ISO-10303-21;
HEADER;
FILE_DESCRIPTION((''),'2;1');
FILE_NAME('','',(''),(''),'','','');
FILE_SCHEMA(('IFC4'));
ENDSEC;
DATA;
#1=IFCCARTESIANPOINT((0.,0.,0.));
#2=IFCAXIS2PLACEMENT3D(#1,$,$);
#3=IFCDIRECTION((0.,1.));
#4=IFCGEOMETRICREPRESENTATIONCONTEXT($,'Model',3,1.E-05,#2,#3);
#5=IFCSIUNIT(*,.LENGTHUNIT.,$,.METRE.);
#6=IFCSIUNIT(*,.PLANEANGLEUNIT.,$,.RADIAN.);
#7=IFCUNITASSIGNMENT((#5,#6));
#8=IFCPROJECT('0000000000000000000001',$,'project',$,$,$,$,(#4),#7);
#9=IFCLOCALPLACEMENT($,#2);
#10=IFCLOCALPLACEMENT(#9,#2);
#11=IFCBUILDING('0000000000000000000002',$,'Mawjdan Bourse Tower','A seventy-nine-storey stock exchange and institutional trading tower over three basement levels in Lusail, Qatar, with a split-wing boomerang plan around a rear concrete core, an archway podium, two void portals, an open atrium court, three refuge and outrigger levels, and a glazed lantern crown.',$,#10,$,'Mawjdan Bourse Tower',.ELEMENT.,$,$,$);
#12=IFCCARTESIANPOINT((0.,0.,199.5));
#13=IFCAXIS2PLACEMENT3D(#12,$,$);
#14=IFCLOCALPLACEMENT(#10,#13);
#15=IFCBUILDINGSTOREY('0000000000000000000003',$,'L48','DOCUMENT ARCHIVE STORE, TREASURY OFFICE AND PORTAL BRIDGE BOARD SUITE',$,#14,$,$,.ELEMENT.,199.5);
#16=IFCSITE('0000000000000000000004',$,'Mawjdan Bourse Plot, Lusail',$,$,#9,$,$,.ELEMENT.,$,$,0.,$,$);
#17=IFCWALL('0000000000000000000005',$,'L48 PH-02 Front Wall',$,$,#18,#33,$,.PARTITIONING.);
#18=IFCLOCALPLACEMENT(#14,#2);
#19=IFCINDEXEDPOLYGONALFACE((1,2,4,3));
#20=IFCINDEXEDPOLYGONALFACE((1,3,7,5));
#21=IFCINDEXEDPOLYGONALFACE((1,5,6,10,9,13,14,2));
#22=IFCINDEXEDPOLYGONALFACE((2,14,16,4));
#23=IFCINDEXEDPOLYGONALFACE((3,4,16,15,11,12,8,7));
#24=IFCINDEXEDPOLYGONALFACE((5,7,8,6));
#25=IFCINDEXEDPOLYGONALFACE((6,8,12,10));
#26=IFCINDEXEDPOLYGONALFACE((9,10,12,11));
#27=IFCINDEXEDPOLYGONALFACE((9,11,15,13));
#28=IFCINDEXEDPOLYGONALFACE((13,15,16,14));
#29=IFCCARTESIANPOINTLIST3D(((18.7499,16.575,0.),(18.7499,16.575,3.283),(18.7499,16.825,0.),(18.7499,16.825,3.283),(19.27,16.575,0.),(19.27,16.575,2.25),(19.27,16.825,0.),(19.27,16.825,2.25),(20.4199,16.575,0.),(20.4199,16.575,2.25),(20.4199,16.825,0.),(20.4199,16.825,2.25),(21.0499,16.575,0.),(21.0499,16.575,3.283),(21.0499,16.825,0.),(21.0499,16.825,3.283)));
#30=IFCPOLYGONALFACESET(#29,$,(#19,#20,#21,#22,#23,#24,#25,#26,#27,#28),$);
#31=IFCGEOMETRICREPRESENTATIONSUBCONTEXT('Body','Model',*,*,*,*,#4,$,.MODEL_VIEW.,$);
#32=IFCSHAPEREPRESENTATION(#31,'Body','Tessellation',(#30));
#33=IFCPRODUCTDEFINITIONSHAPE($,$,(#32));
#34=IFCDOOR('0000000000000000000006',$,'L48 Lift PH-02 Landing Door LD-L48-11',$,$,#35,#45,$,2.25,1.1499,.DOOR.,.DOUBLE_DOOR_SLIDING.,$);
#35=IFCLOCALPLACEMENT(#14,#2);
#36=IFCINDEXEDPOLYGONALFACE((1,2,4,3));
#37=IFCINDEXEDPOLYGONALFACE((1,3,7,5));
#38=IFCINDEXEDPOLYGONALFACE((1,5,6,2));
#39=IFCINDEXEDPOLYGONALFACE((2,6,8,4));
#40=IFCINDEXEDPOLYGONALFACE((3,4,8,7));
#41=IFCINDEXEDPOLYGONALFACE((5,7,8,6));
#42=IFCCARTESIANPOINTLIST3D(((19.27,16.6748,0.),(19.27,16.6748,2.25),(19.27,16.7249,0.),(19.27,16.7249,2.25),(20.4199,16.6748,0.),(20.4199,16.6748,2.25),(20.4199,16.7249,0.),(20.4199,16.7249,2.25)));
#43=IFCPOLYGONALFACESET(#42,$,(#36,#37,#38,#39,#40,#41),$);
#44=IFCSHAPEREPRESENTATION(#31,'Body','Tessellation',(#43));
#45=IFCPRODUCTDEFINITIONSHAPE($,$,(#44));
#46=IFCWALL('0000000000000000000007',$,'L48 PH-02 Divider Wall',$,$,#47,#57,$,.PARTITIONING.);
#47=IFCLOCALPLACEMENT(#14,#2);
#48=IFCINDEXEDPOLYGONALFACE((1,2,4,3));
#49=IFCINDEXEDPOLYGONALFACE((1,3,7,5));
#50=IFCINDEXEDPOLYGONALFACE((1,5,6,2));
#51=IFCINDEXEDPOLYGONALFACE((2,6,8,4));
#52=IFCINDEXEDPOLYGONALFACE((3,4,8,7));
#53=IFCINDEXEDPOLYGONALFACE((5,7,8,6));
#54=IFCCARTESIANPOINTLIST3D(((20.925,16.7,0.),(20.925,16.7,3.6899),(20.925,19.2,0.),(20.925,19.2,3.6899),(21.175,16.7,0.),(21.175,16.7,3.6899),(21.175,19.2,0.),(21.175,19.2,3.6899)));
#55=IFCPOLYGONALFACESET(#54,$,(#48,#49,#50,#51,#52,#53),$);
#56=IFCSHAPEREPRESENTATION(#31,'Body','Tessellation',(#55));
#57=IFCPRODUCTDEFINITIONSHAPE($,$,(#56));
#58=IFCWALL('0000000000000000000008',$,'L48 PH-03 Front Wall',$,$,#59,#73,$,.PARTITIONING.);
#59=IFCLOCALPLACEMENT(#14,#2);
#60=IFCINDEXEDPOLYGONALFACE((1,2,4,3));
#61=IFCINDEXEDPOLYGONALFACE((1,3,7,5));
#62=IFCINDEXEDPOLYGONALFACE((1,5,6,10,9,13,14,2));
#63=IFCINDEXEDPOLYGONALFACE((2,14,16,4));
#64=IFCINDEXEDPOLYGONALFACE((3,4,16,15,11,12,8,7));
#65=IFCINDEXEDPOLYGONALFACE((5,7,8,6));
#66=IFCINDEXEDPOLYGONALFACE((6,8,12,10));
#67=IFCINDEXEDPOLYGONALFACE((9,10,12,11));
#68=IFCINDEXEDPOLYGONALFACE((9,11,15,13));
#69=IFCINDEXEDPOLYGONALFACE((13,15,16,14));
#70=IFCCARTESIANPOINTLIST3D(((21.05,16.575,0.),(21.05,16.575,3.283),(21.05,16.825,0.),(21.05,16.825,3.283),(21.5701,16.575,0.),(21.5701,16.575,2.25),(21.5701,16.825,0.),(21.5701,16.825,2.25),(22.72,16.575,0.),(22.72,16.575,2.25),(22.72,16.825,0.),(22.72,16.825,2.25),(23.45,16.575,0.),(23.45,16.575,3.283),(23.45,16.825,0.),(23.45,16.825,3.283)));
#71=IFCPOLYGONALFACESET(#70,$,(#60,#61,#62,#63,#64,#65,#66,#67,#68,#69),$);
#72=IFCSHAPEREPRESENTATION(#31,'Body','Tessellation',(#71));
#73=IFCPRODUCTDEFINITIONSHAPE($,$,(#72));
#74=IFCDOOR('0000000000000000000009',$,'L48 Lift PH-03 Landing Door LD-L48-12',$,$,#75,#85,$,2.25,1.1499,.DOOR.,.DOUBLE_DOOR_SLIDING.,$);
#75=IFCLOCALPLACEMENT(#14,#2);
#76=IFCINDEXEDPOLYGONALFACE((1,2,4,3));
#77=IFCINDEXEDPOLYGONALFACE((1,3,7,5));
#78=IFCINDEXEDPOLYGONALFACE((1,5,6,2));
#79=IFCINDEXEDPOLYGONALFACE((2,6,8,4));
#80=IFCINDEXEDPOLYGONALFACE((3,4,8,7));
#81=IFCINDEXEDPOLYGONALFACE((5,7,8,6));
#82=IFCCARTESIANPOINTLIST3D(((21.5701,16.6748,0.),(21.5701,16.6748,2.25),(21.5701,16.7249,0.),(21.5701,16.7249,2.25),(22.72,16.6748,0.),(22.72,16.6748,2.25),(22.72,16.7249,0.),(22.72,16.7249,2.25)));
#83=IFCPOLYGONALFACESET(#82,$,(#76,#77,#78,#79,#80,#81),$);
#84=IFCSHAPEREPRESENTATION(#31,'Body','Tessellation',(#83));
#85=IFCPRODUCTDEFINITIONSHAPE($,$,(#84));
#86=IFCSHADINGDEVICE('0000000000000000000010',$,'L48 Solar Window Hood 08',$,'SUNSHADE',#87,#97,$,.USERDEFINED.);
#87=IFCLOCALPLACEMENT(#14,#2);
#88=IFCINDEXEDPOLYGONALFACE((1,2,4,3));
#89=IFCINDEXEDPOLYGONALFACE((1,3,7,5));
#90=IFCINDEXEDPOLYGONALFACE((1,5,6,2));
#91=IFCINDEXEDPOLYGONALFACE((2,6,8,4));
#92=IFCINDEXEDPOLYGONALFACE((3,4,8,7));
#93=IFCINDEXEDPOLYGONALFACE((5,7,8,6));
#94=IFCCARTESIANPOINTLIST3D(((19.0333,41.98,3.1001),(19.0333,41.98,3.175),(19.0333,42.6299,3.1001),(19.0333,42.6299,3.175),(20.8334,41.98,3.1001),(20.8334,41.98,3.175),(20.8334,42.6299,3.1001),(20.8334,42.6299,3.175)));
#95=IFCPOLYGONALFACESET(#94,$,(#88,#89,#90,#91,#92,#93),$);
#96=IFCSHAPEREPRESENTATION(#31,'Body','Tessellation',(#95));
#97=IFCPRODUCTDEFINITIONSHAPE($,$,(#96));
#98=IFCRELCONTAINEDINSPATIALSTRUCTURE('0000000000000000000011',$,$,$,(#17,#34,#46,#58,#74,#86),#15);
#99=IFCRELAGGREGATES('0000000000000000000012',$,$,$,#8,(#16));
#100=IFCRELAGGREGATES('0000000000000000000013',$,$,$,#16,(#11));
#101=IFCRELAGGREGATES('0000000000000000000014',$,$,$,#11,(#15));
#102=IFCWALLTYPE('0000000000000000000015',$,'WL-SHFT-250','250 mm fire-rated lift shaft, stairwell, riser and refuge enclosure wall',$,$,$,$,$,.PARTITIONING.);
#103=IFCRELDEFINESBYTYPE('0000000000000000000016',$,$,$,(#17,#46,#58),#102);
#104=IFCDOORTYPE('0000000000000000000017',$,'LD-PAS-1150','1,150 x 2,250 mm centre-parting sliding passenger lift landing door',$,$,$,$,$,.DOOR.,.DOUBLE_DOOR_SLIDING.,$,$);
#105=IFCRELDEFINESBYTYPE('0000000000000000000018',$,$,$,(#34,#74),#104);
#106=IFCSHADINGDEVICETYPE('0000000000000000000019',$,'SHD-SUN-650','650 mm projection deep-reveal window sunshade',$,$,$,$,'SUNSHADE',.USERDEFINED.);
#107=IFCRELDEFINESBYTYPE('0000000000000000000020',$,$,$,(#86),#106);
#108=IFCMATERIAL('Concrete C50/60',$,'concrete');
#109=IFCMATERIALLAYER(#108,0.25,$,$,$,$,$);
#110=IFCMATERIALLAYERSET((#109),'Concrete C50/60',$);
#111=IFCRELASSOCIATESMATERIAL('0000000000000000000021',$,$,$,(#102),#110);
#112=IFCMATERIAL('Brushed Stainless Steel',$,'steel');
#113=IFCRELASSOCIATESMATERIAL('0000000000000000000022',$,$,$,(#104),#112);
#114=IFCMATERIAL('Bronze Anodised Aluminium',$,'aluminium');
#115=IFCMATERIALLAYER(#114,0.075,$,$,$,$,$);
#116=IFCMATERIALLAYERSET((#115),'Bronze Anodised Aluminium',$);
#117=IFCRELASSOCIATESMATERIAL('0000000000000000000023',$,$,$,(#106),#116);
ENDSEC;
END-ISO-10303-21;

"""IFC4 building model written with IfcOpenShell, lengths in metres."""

from ifc_helpers import new_model, si_unit, direction, frame, frame_2d, origin, origin_2d, place, context, subcontext, project, spatial, rectangle, extrude, material, layer, layer_set, type_object, element, fill, save


model = new_model("IFC4")

# Units and contexts
model_context = context("Model", 3, precision=1e-05, world=origin(), true_north=direction((0.0, 1.0)))
body_context = subcontext(model_context, "Body", "Model", "MODEL_VIEW")
ifc_project = project(units=[si_unit("LENGTHUNIT", "METRE"), si_unit("PLANEANGLEUNIT", "RADIAN")], contexts=[model_context])

# Site, building, storey
site_placement = place(None, origin())
site = spatial("IfcSite", under=ifc_project, at=site_placement, Name="Mawjdan Bourse Plot, Lusail", CompositionType="ELEMENT", RefElevation=0.0)
building_placement = place(site_placement, origin())
building = spatial("IfcBuilding", under=site, at=building_placement, Name="Mawjdan Bourse Tower", Description="A seventy-nine-storey stock exchange and institutional trading tower over three basement levels in Lusail, Qatar, with a split-wing boomerang plan around a rear concrete core, an archway podium, two void portals, an open atrium court, three refuge and outrigger levels, and a glazed lantern crown.", LongName="Mawjdan Bourse Tower", CompositionType="ELEMENT")
storey_placement = place(building_placement, frame((0.0, 0.0, 199.5)))
storey = spatial("IfcBuildingStorey", under=building, at=storey_placement, Name="L48", Description="DOCUMENT ARCHIVE STORE, TREASURY OFFICE AND PORTAL BRIDGE BOARD SUITE", CompositionType="ELEMENT", Elevation=199.5)

# Wall, opening, door
ifc_material_1 = material(Name="Concrete C50/60", Category="concrete")
ifc_layer_1 = layer(ifc_material_1, 0.25)
ifc_layer_set_1 = layer_set([ifc_layer_1], Name="Concrete C50/60")
wall_type_1 = type_object("IfcWallType", Name="WL-SHFT-250", Description="250 mm fire-rated lift shaft, stairwell, riser and refuge enclosure wall", PredefinedType="PARTITIONING", material=ifc_layer_set_1)
wall_1_placement = place(storey_placement, frame((18.75, 16.7, 0.0), z_axis=(0.0, 0.0, 1.0), x_axis=(1.0, 0.0, 0.0)))
wall_1 = element("IfcWall", 1, at=wall_1_placement, inside=storey, type_object=wall_type_1, Name="L48 PH-02 Front Wall", PredefinedType="PARTITIONING", context=body_context, shape_type="SweptSolid", body=[
    extrude(rectangle(XDim=2.3, YDim=0.25, at=frame_2d((1.1499, 0.0))), origin(), (0.0, 0.0, 1.0), 3.283),
])
opening_1_placement = place(wall_1_placement, frame((0.52, 0.0, 0.0)))
opening_1 = element("IfcOpeningElement", 2, at=opening_1_placement, cuts=wall_1, PredefinedType="OPENING", context=body_context, shape_type="SweptSolid", body=[
    extrude(rectangle(XDim=1.1499, YDim=2.25, at=frame_2d((0.575, 1.125))), frame((0.0, 0.135, 0.0), z_axis=(0.0, -1.0, 0.0), x_axis=(1.0, 0.0, 0.0)), (0.0, 0.0, 1.0), 0.27),
])
ifc_material_2 = material(Name="Brushed Stainless Steel", Category="steel")
door_type_1 = type_object("IfcDoorType", Name="LD-PAS-1150", Description="1,150 x 2,250 mm centre-parting sliding passenger lift landing door", OperationType="DOUBLE_DOOR_SLIDING", PredefinedType="DOOR", material=ifc_material_2)
door_1_placement = place(opening_1_placement, origin())
door_1 = element("IfcDoor", 3, at=door_1_placement, inside=storey, type_object=door_type_1, Name="L48 Lift PH-02 Landing Door LD-L48-11", OperationType="DOUBLE_DOOR_SLIDING", OverallHeight=2.25, OverallWidth=1.1499, PredefinedType="DOOR", context=body_context, shape_type="SweptSolid", body=[
    extrude(rectangle(XDim=1.1499, YDim=2.25, at=frame_2d((0.575, 1.125))), frame((0.0, 0.0249, 0.0), z_axis=(0.0, -1.0, 0.0), x_axis=(1.0, 0.0, 0.0)), (0.0, 0.0, 1.0), 0.05),
])
fill(opening_1, door_1)

# Wall
wall_2_placement = place(storey_placement, frame((21.05, 16.7, 0.0), z_axis=(0.0, 0.0, 1.0), x_axis=(0.0, 1.0, 0.0)))
element("IfcWall", 4, at=wall_2_placement, inside=storey, type_object=wall_type_1, Name="L48 PH-02 Divider Wall", PredefinedType="PARTITIONING", context=body_context, shape_type="SweptSolid", body=[
    extrude(rectangle(XDim=2.5, YDim=0.25, at=frame_2d((1.25, 0.0))), origin(), (0.0, 0.0, 1.0), 3.6899),
])

# Wall, opening, door
wall_3_placement = place(storey_placement, frame((21.05, 16.7, 0.0), z_axis=(0.0, 0.0, 1.0), x_axis=(1.0, 0.0, 0.0)))
wall_3 = element("IfcWall", 5, at=wall_3_placement, inside=storey, type_object=wall_type_1, Name="L48 PH-03 Front Wall", PredefinedType="PARTITIONING", context=body_context, shape_type="SweptSolid", body=[
    extrude(rectangle(XDim=2.3999, YDim=0.25, at=frame_2d((1.2, 0.0))), origin(), (0.0, 0.0, 1.0), 3.283),
])
opening_2_placement = place(wall_3_placement, frame((0.52, 0.0, 0.0)))
opening_2 = element("IfcOpeningElement", 6, at=opening_2_placement, cuts=wall_3, PredefinedType="OPENING", context=body_context, shape_type="SweptSolid", body=[
    extrude(rectangle(XDim=1.1499, YDim=2.25, at=frame_2d((0.575, 1.125))), frame((0.0, 0.135, 0.0), z_axis=(0.0, -1.0, 0.0), x_axis=(1.0, 0.0, 0.0)), (0.0, 0.0, 1.0), 0.27),
])
door_2_placement = place(opening_2_placement, origin())
door_2 = element("IfcDoor", 7, at=door_2_placement, inside=storey, type_object=door_type_1, Name="L48 Lift PH-03 Landing Door LD-L48-12", OperationType="DOUBLE_DOOR_SLIDING", OverallHeight=2.25, OverallWidth=1.1499, PredefinedType="DOOR", context=body_context, shape_type="SweptSolid", body=[
    extrude(rectangle(XDim=1.1499, YDim=2.25, at=frame_2d((0.575, 1.125))), frame((0.0, 0.0249, 0.0), z_axis=(0.0, -1.0, 0.0), x_axis=(1.0, 0.0, 0.0)), (0.0, 0.0, 1.0), 0.05),
])
fill(opening_2, door_2)

# Shading device
ifc_material_3 = material(Name="Bronze Anodised Aluminium", Category="aluminium")
ifc_layer_2 = layer(ifc_material_3, 0.075)
ifc_layer_set_2 = layer_set([ifc_layer_2], Name="Bronze Anodised Aluminium")
shading_device_type = type_object("IfcShadingDeviceType", Name="SHD-SUN-650", Description="650 mm projection deep-reveal window sunshade", ElementType="SUNSHADE", PredefinedType="USERDEFINED", material=ifc_layer_set_2)
shading_device_placement = place(storey_placement, frame((19.9333, 42.3049, 3.1001), z_axis=(0.0, 0.0, 1.0), x_axis=(-1.0, 0.0, 0.0)))
element("IfcShadingDevice", 8, at=shading_device_placement, inside=storey, type_object=shading_device_type, Name="L48 Solar Window Hood 08", ObjectType="SUNSHADE", PredefinedType="USERDEFINED", context=body_context, shape_type="SweptSolid", body=[
    extrude(rectangle(XDim=1.8, YDim=0.6499, at=origin_2d()), origin(), (0.0, 0.0, 1.0), 0.075),
])

save(model, "model.ifc")
